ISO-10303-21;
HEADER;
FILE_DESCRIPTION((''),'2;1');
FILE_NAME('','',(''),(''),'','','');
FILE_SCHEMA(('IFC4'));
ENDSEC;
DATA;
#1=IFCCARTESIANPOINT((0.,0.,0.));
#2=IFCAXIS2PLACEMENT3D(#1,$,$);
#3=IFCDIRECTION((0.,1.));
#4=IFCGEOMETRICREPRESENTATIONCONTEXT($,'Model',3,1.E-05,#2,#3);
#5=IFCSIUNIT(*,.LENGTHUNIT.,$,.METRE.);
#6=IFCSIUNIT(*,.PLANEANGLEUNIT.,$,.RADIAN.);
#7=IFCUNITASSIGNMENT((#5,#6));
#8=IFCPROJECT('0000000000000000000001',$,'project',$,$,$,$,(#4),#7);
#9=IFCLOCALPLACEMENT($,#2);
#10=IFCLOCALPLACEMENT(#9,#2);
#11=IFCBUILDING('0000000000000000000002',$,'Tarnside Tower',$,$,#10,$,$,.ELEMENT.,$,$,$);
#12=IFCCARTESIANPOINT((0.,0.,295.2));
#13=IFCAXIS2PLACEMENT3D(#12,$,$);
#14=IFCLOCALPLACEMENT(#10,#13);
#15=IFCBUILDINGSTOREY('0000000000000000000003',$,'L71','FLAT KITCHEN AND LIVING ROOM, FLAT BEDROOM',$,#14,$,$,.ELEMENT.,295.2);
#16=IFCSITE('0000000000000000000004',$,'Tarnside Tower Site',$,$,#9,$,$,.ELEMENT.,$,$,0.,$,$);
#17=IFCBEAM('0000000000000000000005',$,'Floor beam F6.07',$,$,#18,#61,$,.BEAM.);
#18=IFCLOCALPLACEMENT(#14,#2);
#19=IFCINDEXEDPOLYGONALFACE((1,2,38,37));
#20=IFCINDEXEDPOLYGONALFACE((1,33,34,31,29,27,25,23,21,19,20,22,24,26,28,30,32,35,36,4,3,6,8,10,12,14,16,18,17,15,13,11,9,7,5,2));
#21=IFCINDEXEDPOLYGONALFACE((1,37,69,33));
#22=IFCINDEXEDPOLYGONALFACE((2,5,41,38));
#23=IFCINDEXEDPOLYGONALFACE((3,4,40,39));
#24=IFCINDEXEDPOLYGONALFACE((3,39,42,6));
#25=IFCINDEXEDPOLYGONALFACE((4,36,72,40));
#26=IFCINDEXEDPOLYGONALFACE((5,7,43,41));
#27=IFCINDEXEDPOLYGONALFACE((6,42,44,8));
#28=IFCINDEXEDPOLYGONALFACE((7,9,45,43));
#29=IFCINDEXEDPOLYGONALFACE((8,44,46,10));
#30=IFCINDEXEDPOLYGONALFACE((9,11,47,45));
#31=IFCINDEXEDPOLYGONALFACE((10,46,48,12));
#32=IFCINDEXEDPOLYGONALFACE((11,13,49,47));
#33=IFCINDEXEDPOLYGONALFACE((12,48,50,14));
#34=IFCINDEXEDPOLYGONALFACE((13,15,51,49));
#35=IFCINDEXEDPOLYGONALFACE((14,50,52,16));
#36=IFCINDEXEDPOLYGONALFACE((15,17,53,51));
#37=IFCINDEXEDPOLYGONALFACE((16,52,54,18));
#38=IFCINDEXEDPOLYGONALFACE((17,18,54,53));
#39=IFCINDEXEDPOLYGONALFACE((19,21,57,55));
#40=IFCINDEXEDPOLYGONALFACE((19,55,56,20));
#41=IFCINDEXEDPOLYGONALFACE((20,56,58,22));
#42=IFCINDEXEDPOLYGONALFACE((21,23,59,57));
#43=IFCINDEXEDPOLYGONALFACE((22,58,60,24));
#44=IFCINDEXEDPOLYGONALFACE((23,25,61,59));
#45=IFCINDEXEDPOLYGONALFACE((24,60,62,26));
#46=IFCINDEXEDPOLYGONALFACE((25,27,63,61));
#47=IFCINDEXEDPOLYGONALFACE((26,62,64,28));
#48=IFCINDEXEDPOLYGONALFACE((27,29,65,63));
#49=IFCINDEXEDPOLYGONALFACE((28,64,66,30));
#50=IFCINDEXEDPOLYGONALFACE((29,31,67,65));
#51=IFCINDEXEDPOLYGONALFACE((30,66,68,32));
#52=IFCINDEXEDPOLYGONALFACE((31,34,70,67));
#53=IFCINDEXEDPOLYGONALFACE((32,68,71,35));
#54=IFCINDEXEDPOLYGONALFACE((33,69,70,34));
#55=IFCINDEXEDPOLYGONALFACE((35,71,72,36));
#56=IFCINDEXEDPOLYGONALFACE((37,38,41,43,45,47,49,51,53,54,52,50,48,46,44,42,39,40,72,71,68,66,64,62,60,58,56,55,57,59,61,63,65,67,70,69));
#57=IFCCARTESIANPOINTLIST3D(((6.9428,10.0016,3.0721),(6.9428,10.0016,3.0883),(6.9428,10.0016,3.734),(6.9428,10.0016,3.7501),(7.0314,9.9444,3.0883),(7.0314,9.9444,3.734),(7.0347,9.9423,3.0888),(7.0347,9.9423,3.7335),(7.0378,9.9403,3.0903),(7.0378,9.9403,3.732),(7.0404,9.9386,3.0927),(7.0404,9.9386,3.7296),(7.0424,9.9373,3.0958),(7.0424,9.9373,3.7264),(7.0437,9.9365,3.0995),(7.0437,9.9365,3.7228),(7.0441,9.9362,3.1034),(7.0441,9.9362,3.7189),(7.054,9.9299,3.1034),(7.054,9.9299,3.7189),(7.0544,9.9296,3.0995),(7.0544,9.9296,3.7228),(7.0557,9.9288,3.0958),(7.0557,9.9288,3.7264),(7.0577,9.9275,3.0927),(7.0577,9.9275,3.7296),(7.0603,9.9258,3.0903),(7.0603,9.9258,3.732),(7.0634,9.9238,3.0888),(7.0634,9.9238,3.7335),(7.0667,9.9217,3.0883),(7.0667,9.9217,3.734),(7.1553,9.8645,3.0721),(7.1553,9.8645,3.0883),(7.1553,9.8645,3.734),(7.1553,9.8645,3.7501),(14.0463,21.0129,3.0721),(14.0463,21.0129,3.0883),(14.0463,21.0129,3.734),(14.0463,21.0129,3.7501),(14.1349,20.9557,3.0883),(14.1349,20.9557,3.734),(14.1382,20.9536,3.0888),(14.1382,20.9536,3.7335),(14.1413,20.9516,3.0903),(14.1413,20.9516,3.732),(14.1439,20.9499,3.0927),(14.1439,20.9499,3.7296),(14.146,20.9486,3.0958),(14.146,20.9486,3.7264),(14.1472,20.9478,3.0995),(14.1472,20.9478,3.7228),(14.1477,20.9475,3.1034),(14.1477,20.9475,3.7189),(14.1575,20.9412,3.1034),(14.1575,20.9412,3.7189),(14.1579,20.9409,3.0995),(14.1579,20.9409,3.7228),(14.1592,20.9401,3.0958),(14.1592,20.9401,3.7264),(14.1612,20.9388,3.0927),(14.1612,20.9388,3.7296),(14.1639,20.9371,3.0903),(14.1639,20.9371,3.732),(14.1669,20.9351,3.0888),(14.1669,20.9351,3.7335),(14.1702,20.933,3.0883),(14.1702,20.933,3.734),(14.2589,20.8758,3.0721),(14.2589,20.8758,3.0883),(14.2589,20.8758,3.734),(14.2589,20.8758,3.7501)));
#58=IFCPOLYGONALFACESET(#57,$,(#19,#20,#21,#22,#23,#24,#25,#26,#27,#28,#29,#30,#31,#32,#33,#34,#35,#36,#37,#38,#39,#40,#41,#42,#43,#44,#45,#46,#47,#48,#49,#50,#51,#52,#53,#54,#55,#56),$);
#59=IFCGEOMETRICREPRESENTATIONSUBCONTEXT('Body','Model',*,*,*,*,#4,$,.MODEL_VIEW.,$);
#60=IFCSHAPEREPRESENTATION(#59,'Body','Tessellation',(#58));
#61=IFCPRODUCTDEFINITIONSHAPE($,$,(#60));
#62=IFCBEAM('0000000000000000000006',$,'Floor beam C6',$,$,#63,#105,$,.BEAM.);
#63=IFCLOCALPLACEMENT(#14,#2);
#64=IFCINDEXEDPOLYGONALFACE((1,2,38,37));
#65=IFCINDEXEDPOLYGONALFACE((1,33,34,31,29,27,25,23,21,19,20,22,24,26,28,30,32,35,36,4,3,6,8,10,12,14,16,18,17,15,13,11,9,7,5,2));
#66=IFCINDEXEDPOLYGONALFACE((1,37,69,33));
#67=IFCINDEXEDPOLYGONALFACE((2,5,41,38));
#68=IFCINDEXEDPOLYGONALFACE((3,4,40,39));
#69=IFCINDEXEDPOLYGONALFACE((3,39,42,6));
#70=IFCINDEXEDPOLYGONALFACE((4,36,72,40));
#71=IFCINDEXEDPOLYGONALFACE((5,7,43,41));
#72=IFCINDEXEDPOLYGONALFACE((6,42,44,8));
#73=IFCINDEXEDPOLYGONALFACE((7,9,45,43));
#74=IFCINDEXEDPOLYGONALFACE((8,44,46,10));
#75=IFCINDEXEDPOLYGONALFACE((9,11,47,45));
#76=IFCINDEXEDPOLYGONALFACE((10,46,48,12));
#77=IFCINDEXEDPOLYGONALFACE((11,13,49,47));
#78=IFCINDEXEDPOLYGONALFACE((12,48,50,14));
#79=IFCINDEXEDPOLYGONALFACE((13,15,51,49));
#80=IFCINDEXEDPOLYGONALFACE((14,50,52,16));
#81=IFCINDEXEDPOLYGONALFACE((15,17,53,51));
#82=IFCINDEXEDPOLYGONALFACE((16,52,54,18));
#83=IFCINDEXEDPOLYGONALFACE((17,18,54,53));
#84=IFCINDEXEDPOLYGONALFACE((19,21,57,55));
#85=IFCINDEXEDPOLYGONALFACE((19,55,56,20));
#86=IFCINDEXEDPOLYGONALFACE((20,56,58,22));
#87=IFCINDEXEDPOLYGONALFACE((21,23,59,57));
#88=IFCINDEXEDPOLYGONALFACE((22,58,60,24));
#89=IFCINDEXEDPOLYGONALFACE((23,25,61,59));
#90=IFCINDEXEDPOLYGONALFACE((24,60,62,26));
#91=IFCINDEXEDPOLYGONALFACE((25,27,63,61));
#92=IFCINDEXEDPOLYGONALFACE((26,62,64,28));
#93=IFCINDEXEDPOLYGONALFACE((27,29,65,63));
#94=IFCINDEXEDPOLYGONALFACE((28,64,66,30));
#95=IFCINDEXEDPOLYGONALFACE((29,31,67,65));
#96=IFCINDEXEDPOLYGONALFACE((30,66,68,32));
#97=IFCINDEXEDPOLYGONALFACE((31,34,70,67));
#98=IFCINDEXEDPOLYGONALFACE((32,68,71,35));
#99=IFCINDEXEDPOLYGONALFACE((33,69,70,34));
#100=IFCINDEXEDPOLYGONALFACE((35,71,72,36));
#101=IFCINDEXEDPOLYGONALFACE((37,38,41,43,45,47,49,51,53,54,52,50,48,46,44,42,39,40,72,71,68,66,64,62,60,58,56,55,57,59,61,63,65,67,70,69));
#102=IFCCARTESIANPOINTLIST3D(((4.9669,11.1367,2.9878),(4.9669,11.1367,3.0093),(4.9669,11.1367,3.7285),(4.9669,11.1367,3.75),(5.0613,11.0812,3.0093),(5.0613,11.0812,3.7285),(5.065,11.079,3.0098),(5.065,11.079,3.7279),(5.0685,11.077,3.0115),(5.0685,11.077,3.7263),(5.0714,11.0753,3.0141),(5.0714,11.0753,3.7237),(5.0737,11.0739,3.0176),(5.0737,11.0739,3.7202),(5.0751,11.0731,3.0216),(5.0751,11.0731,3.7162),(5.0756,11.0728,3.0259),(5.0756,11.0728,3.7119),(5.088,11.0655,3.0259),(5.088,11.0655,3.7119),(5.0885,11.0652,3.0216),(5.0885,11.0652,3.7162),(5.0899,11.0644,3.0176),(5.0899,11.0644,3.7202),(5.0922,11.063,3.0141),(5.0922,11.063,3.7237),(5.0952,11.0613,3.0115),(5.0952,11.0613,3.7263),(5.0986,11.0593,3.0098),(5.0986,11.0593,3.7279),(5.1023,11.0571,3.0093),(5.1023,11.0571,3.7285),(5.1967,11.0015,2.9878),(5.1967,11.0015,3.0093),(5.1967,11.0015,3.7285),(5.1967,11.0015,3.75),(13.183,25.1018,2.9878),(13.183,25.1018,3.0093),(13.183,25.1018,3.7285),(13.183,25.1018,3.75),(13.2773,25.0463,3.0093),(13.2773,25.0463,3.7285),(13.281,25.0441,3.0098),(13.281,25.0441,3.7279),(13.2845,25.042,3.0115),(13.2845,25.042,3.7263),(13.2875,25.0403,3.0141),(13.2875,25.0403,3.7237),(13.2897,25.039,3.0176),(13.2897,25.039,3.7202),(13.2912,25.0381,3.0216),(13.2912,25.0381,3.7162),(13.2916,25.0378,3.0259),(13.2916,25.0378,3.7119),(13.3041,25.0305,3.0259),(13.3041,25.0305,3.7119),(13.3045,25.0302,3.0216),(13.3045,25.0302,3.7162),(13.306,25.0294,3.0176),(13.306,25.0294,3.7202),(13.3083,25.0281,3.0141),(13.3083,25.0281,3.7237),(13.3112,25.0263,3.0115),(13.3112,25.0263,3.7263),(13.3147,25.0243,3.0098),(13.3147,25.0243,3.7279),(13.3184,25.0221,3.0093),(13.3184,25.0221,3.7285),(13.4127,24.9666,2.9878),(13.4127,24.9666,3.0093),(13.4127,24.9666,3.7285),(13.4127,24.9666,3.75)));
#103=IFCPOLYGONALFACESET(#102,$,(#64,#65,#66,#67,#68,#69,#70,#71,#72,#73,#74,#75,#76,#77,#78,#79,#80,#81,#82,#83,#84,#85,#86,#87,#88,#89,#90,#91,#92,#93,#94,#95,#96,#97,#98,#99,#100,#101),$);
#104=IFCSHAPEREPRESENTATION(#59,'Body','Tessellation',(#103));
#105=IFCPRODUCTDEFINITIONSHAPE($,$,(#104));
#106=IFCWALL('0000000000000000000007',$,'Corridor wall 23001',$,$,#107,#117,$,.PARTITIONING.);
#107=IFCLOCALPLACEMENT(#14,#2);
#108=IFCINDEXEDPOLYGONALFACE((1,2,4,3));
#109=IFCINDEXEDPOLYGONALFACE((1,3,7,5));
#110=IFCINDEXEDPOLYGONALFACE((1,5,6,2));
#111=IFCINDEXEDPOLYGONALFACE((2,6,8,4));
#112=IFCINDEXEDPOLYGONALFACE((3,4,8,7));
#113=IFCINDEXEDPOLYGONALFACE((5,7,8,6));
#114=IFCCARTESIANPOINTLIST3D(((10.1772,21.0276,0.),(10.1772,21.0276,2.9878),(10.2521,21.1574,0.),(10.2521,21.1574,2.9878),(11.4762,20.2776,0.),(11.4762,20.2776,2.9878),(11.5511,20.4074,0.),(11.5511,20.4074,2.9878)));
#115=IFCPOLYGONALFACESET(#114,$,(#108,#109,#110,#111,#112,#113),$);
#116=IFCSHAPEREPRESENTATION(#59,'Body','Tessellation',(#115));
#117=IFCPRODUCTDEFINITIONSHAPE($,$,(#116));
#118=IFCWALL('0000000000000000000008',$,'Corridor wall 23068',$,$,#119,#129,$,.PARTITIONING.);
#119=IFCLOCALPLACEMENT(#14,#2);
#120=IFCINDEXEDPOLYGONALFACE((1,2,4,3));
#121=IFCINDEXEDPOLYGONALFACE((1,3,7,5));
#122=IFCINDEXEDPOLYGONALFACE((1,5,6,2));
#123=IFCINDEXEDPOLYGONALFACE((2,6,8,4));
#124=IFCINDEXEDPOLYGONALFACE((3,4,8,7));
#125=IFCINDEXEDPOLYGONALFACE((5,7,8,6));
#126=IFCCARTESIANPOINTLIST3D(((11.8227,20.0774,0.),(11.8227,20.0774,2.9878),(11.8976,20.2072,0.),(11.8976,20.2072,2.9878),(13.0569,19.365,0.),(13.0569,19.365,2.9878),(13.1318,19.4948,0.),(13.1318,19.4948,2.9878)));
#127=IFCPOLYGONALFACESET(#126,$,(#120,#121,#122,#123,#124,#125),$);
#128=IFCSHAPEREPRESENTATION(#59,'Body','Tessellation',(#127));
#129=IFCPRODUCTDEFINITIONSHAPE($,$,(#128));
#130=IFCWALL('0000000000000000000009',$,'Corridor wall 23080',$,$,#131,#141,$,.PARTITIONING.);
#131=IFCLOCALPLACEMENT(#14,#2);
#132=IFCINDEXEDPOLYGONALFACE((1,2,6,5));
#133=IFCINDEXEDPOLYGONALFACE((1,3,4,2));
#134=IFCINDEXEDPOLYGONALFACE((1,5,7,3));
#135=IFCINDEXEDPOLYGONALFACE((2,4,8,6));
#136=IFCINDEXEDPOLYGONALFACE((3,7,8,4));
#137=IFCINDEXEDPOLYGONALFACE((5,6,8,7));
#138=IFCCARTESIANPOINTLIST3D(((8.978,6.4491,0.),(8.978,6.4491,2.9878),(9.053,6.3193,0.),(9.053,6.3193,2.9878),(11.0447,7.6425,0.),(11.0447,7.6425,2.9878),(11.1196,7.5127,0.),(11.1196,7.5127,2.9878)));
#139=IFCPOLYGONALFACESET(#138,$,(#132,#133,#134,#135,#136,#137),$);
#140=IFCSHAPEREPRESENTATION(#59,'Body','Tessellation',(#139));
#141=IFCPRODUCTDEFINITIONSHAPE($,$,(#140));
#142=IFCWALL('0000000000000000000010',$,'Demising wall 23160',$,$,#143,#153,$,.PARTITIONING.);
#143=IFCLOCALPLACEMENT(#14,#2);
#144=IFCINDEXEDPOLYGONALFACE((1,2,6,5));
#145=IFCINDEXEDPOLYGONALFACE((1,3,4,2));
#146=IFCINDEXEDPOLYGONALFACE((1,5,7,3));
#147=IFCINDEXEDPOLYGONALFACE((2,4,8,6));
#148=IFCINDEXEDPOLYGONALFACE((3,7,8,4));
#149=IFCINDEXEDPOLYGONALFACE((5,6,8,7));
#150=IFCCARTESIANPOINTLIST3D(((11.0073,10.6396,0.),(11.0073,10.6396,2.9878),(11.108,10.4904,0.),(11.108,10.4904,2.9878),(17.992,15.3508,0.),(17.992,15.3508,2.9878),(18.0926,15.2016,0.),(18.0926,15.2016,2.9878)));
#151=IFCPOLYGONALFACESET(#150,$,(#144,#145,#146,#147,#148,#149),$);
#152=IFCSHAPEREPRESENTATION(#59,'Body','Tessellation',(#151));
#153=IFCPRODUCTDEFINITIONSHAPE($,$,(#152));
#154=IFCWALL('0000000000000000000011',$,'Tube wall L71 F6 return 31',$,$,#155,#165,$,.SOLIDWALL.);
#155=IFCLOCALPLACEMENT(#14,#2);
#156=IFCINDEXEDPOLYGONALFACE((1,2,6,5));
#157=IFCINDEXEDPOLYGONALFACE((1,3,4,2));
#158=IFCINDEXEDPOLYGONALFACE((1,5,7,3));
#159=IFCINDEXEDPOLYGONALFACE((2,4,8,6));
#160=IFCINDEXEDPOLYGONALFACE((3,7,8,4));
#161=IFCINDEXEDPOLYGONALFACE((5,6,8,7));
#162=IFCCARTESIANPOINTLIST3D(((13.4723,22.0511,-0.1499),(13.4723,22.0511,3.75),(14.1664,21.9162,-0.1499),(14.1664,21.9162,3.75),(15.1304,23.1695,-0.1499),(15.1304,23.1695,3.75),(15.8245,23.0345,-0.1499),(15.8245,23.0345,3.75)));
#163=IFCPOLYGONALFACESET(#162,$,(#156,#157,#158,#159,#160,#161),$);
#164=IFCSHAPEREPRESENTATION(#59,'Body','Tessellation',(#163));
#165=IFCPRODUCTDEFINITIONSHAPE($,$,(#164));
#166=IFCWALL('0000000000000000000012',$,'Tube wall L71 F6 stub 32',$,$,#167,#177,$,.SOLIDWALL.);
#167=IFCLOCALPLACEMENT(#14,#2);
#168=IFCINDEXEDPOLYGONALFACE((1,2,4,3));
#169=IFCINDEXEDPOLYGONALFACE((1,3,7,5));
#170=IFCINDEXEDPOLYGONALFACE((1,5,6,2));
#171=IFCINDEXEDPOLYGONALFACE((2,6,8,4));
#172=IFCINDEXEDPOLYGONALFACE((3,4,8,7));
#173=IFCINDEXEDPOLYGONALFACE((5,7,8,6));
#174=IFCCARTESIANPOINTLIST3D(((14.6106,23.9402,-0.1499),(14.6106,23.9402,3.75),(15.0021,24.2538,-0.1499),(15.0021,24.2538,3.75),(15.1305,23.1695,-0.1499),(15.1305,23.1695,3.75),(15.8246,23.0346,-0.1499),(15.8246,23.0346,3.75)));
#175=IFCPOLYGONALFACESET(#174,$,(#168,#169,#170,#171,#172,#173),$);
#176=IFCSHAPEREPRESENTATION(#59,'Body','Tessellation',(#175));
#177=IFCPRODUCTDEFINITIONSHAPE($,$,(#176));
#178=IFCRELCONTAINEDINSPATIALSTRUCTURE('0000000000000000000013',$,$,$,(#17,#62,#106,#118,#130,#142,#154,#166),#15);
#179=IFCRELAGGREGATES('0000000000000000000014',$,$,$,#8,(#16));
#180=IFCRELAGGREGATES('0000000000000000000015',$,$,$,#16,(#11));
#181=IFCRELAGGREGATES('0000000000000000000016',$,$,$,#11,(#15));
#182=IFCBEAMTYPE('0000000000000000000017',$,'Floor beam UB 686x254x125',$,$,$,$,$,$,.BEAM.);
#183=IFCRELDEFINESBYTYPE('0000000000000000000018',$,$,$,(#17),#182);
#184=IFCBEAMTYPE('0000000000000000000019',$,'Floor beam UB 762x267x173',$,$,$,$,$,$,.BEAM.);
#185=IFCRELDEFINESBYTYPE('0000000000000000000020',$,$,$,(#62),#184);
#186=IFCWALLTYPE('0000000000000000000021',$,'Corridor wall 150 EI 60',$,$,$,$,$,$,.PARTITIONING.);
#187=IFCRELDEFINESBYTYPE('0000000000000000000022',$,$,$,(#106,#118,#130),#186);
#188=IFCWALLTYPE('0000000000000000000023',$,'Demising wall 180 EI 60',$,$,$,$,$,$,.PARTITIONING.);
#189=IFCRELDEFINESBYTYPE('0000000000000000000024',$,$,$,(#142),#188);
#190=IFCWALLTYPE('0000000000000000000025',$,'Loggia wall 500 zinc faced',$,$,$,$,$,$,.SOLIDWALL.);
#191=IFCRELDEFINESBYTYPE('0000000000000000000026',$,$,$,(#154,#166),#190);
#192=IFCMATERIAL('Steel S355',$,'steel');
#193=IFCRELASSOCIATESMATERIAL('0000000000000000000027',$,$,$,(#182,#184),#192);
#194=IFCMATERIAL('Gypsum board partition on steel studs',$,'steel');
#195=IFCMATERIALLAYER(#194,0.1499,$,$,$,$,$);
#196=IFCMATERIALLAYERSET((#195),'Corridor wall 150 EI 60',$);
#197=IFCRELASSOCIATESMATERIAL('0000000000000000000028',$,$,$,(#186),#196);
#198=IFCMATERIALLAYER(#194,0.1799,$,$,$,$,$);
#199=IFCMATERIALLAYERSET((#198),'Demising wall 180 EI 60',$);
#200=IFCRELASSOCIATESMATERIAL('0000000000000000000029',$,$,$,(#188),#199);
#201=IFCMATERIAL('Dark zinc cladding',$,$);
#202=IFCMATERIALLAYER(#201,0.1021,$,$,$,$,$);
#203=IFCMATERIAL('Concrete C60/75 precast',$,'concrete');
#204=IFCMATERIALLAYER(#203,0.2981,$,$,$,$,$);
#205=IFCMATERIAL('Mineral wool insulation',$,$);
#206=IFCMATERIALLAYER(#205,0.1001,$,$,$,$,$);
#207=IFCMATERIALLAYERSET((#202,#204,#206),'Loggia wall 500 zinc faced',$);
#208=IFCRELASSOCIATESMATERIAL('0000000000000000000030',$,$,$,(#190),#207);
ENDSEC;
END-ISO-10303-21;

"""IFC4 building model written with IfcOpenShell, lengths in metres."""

from ifc_helpers import new_model, si_unit, direction, frame, frame_2d, origin, origin_2d, place, context, subcontext, project, spatial, polyline, rectangle, i_section, outline, extrude, material, layer, layer_set, material_profile, profile_set, type_object, element, save


model = new_model("IFC4")

# Units and contexts
model_context = context("Model", 3, precision=1e-05, world=origin(), true_north=direction((0.0, 1.0)))
body_context = subcontext(model_context, "Body", "Model", "MODEL_VIEW")
ifc_project = project(units=[si_unit("LENGTHUNIT", "METRE"), si_unit("PLANEANGLEUNIT", "RADIAN")], contexts=[model_context])

# Site, building, storey
site_placement = place(None, origin())
site = spatial("IfcSite", under=ifc_project, at=site_placement, Name="Tarnside Tower Site", CompositionType="ELEMENT", RefElevation=0.0)
building_placement = place(site_placement, origin())
building = spatial("IfcBuilding", under=site, at=building_placement, Name="Tarnside Tower", CompositionType="ELEMENT")
storey_placement = place(building_placement, frame((0.0, 0.0, 295.2)))
storey = spatial("IfcBuildingStorey", under=building, at=storey_placement, Name="L71", Description="FLAT KITCHEN AND LIVING ROOM, FLAT BEDROOM", CompositionType="ELEMENT", Elevation=295.2)

# Beams
ifc_material_1 = material(Name="Steel S355", Category="steel")
ifc_material_profile_1 = material_profile(ifc_material_1, i_section(OverallWidth=0.2529, OverallDepth=0.678, WebThickness=0.0117, FlangeThickness=0.0161, FilletRadius=0.0151, at=origin_2d()), Name="UB 686x254x125")
ifc_profile_set_1 = profile_set([ifc_material_profile_1], Name="Steel S355")
beam_type_1 = type_object("IfcBeamType", Name="Floor beam UB 686x254x125", PredefinedType="BEAM", material=ifc_profile_set_1)
beam_1_placement = place(storey_placement, frame((14.1526, 20.9443, 3.4111), z_axis=(-0.5421, -0.840314, 0.0), x_axis=(0.840314, -0.5421, 0.0)))
element("IfcBeam", 1, at=beam_1_placement, inside=storey, type_object=beam_type_1, Name="Floor beam F6.07", PredefinedType="BEAM", context=body_context, shape_type="SweptSolid", body=[
    extrude(i_section(OverallWidth=0.2529, OverallDepth=0.678, WebThickness=0.0117, FlangeThickness=0.0161, FilletRadius=0.0151, at=origin_2d()), origin(), (0.0, 0.0, 1.0), 13.1038),
])
ifc_material_profile_2 = material_profile(ifc_material_1, i_section(OverallWidth=0.2666, OverallDepth=0.7622, WebThickness=0.0144, FlangeThickness=0.0215, FilletRadius=0.0166, at=origin_2d()), Name="UB 762x267x173")
ifc_profile_set_2 = profile_set([ifc_material_profile_2], Name="Steel S355")
beam_type_2 = type_object("IfcBeamType", Name="Floor beam UB 762x267x173", PredefinedType="BEAM", material=ifc_profile_set_2)
beam_2_placement = place(storey_placement, frame((13.2979, 25.0342, 3.3689), z_axis=(-0.50708, -0.861899, 0.0), x_axis=(0.861899, -0.50708, 0.0)))
element("IfcBeam", 2, at=beam_2_placement, inside=storey, type_object=beam_type_2, Name="Floor beam C6", PredefinedType="BEAM", context=body_context, shape_type="SweptSolid", body=[
    extrude(i_section(OverallWidth=0.2666, OverallDepth=0.7622, WebThickness=0.0144, FlangeThickness=0.0215, FilletRadius=0.0166, at=origin_2d()), origin(), (0.0, 0.0, 1.0), 16.2026),
])

# Walls
ifc_material_2 = material(Name="Gypsum board partition on steel studs", Category="steel")
ifc_layer_1 = layer(ifc_material_2, 0.1499)
ifc_layer_set_1 = layer_set([ifc_layer_1], Name="Corridor wall 150 EI 60")
wall_type_1 = type_object("IfcWallType", Name="Corridor wall 150 EI 60", PredefinedType="PARTITIONING", material=ifc_layer_set_1)
wall_1_placement = place(storey_placement, frame((11.5137, 20.3425, 0.0), z_axis=(0.0, 0.0, 1.0), x_axis=(-0.866031, 0.49999, 0.0)))
element("IfcWall", 3, at=wall_1_placement, inside=storey, type_object=wall_type_1, Name="Corridor wall 23001", PredefinedType="PARTITIONING", context=body_context, shape_type="SweptSolid", body=[
    extrude(rectangle(XDim=1.5, YDim=0.1499, at=frame_2d((0.75, 0.0))), origin(), (0.0, 0.0, 1.0), 2.9878),
])
wall_2_placement = place(storey_placement, frame((13.0942, 19.4299, 0.0), z_axis=(0.0, 0.0, 1.0), x_axis=(-0.866063, 0.499935, 0.0)))
element("IfcWall", 4, at=wall_2_placement, inside=storey, type_object=wall_type_1, Name="Corridor wall 23068", PredefinedType="PARTITIONING", context=body_context, shape_type="SweptSolid", body=[
    extrude(rectangle(XDim=1.425, YDim=0.1499, at=frame_2d((0.7124, 0.0))), origin(), (0.0, 0.0, 1.0), 2.9878),
])
wall_3_placement = place(storey_placement, frame((11.0823, 7.5776, 0.0), z_axis=(0.0, 0.0, 1.0), x_axis=(-0.865993, -0.500056, 0.0)))
element("IfcWall", 5, at=wall_3_placement, inside=storey, type_object=wall_type_1, Name="Corridor wall 23080", PredefinedType="PARTITIONING", context=body_context, shape_type="SweptSolid", body=[
    extrude(rectangle(XDim=2.3865, YDim=0.1499, at=frame_2d((1.1934, 0.0))), origin(), (0.0, 0.0, 1.0), 2.9878),
])
ifc_layer_2 = layer(ifc_material_2, 0.1799)
ifc_layer_set_2 = layer_set([ifc_layer_2], Name="Demising wall 180 EI 60")
wall_type_2 = type_object("IfcWallType", Name="Demising wall 180 EI 60", PredefinedType="PARTITIONING", material=ifc_layer_set_2)
wall_4_placement = place(storey_placement, frame((18.0422, 15.2761, 0.0), z_axis=(0.0, 0.0, 1.0), x_axis=(-0.829038, -0.559193, 0.0)))
element("IfcWall", 6, at=wall_4_placement, inside=storey, type_object=wall_type_2, Name="Demising wall 23160", PredefinedType="PARTITIONING", context=body_context, shape_type="SweptSolid", body=[
    extrude(rectangle(XDim=8.425, YDim=0.1799, at=frame_2d((4.2124, 0.0))), origin(), (0.0, 0.0, 1.0), 2.9878),
])
ifc_material_3 = material(Name="Dark zinc cladding")
ifc_layer_3 = layer(ifc_material_3, 0.1021)
ifc_material_4 = material(Name="Concrete C60/75 precast", Category="concrete")
ifc_layer_4 = layer(ifc_material_4, 0.2981)
ifc_material_5 = material(Name="Mineral wool insulation")
ifc_layer_5 = layer(ifc_material_5, 0.1001)
ifc_layer_set_3 = layer_set([ifc_layer_3, ifc_layer_4, ifc_layer_5], Name="Loggia wall 500 zinc faced")
wall_type_3 = type_object("IfcWallType", Name="Loggia wall 500 zinc faced", PredefinedType="SOLIDWALL", material=ifc_layer_set_3)
wall_5_placement = place(storey_placement, frame((13.8193, 21.9836, -0.1499), z_axis=(0.0, 0.0, 1.0), x_axis=(0.829052, 0.559171, 0.0)))
element("IfcWall", 7, at=wall_5_placement, inside=storey, type_object=wall_type_3, Name="Tube wall L71 F6 return 31", PredefinedType="SOLIDWALL", context=body_context, shape_type="SweptSolid", body=[
    extrude(outline(polyline([(0.25, -0.25), (2.25, -0.25), (1.75, 0.25), (-0.25, 0.25), (0.25, -0.25)])), origin(), (0.0, 0.0, 1.0), 3.8999),
])
wall_6_placement = place(storey_placement, frame((15.4775, 23.1021, -0.1499), z_axis=(0.0, 0.0, 1.0), x_axis=(-0.559246, 0.829002, 0.0)))
element("IfcWall", 8, at=wall_6_placement, inside=storey, type_object=wall_type_3, Name="Tube wall L71 F6 stub 32", PredefinedType="SOLIDWALL", context=body_context, shape_type="SweptSolid", body=[
    extrude(outline(polyline([(-0.25, -0.25), (1.2207, -0.25), (1.1797, 0.25), (0.25, 0.25), (-0.25, -0.25)])), origin(), (0.0, 0.0, 1.0), 3.8999),
])

save(model, "model.ifc")
